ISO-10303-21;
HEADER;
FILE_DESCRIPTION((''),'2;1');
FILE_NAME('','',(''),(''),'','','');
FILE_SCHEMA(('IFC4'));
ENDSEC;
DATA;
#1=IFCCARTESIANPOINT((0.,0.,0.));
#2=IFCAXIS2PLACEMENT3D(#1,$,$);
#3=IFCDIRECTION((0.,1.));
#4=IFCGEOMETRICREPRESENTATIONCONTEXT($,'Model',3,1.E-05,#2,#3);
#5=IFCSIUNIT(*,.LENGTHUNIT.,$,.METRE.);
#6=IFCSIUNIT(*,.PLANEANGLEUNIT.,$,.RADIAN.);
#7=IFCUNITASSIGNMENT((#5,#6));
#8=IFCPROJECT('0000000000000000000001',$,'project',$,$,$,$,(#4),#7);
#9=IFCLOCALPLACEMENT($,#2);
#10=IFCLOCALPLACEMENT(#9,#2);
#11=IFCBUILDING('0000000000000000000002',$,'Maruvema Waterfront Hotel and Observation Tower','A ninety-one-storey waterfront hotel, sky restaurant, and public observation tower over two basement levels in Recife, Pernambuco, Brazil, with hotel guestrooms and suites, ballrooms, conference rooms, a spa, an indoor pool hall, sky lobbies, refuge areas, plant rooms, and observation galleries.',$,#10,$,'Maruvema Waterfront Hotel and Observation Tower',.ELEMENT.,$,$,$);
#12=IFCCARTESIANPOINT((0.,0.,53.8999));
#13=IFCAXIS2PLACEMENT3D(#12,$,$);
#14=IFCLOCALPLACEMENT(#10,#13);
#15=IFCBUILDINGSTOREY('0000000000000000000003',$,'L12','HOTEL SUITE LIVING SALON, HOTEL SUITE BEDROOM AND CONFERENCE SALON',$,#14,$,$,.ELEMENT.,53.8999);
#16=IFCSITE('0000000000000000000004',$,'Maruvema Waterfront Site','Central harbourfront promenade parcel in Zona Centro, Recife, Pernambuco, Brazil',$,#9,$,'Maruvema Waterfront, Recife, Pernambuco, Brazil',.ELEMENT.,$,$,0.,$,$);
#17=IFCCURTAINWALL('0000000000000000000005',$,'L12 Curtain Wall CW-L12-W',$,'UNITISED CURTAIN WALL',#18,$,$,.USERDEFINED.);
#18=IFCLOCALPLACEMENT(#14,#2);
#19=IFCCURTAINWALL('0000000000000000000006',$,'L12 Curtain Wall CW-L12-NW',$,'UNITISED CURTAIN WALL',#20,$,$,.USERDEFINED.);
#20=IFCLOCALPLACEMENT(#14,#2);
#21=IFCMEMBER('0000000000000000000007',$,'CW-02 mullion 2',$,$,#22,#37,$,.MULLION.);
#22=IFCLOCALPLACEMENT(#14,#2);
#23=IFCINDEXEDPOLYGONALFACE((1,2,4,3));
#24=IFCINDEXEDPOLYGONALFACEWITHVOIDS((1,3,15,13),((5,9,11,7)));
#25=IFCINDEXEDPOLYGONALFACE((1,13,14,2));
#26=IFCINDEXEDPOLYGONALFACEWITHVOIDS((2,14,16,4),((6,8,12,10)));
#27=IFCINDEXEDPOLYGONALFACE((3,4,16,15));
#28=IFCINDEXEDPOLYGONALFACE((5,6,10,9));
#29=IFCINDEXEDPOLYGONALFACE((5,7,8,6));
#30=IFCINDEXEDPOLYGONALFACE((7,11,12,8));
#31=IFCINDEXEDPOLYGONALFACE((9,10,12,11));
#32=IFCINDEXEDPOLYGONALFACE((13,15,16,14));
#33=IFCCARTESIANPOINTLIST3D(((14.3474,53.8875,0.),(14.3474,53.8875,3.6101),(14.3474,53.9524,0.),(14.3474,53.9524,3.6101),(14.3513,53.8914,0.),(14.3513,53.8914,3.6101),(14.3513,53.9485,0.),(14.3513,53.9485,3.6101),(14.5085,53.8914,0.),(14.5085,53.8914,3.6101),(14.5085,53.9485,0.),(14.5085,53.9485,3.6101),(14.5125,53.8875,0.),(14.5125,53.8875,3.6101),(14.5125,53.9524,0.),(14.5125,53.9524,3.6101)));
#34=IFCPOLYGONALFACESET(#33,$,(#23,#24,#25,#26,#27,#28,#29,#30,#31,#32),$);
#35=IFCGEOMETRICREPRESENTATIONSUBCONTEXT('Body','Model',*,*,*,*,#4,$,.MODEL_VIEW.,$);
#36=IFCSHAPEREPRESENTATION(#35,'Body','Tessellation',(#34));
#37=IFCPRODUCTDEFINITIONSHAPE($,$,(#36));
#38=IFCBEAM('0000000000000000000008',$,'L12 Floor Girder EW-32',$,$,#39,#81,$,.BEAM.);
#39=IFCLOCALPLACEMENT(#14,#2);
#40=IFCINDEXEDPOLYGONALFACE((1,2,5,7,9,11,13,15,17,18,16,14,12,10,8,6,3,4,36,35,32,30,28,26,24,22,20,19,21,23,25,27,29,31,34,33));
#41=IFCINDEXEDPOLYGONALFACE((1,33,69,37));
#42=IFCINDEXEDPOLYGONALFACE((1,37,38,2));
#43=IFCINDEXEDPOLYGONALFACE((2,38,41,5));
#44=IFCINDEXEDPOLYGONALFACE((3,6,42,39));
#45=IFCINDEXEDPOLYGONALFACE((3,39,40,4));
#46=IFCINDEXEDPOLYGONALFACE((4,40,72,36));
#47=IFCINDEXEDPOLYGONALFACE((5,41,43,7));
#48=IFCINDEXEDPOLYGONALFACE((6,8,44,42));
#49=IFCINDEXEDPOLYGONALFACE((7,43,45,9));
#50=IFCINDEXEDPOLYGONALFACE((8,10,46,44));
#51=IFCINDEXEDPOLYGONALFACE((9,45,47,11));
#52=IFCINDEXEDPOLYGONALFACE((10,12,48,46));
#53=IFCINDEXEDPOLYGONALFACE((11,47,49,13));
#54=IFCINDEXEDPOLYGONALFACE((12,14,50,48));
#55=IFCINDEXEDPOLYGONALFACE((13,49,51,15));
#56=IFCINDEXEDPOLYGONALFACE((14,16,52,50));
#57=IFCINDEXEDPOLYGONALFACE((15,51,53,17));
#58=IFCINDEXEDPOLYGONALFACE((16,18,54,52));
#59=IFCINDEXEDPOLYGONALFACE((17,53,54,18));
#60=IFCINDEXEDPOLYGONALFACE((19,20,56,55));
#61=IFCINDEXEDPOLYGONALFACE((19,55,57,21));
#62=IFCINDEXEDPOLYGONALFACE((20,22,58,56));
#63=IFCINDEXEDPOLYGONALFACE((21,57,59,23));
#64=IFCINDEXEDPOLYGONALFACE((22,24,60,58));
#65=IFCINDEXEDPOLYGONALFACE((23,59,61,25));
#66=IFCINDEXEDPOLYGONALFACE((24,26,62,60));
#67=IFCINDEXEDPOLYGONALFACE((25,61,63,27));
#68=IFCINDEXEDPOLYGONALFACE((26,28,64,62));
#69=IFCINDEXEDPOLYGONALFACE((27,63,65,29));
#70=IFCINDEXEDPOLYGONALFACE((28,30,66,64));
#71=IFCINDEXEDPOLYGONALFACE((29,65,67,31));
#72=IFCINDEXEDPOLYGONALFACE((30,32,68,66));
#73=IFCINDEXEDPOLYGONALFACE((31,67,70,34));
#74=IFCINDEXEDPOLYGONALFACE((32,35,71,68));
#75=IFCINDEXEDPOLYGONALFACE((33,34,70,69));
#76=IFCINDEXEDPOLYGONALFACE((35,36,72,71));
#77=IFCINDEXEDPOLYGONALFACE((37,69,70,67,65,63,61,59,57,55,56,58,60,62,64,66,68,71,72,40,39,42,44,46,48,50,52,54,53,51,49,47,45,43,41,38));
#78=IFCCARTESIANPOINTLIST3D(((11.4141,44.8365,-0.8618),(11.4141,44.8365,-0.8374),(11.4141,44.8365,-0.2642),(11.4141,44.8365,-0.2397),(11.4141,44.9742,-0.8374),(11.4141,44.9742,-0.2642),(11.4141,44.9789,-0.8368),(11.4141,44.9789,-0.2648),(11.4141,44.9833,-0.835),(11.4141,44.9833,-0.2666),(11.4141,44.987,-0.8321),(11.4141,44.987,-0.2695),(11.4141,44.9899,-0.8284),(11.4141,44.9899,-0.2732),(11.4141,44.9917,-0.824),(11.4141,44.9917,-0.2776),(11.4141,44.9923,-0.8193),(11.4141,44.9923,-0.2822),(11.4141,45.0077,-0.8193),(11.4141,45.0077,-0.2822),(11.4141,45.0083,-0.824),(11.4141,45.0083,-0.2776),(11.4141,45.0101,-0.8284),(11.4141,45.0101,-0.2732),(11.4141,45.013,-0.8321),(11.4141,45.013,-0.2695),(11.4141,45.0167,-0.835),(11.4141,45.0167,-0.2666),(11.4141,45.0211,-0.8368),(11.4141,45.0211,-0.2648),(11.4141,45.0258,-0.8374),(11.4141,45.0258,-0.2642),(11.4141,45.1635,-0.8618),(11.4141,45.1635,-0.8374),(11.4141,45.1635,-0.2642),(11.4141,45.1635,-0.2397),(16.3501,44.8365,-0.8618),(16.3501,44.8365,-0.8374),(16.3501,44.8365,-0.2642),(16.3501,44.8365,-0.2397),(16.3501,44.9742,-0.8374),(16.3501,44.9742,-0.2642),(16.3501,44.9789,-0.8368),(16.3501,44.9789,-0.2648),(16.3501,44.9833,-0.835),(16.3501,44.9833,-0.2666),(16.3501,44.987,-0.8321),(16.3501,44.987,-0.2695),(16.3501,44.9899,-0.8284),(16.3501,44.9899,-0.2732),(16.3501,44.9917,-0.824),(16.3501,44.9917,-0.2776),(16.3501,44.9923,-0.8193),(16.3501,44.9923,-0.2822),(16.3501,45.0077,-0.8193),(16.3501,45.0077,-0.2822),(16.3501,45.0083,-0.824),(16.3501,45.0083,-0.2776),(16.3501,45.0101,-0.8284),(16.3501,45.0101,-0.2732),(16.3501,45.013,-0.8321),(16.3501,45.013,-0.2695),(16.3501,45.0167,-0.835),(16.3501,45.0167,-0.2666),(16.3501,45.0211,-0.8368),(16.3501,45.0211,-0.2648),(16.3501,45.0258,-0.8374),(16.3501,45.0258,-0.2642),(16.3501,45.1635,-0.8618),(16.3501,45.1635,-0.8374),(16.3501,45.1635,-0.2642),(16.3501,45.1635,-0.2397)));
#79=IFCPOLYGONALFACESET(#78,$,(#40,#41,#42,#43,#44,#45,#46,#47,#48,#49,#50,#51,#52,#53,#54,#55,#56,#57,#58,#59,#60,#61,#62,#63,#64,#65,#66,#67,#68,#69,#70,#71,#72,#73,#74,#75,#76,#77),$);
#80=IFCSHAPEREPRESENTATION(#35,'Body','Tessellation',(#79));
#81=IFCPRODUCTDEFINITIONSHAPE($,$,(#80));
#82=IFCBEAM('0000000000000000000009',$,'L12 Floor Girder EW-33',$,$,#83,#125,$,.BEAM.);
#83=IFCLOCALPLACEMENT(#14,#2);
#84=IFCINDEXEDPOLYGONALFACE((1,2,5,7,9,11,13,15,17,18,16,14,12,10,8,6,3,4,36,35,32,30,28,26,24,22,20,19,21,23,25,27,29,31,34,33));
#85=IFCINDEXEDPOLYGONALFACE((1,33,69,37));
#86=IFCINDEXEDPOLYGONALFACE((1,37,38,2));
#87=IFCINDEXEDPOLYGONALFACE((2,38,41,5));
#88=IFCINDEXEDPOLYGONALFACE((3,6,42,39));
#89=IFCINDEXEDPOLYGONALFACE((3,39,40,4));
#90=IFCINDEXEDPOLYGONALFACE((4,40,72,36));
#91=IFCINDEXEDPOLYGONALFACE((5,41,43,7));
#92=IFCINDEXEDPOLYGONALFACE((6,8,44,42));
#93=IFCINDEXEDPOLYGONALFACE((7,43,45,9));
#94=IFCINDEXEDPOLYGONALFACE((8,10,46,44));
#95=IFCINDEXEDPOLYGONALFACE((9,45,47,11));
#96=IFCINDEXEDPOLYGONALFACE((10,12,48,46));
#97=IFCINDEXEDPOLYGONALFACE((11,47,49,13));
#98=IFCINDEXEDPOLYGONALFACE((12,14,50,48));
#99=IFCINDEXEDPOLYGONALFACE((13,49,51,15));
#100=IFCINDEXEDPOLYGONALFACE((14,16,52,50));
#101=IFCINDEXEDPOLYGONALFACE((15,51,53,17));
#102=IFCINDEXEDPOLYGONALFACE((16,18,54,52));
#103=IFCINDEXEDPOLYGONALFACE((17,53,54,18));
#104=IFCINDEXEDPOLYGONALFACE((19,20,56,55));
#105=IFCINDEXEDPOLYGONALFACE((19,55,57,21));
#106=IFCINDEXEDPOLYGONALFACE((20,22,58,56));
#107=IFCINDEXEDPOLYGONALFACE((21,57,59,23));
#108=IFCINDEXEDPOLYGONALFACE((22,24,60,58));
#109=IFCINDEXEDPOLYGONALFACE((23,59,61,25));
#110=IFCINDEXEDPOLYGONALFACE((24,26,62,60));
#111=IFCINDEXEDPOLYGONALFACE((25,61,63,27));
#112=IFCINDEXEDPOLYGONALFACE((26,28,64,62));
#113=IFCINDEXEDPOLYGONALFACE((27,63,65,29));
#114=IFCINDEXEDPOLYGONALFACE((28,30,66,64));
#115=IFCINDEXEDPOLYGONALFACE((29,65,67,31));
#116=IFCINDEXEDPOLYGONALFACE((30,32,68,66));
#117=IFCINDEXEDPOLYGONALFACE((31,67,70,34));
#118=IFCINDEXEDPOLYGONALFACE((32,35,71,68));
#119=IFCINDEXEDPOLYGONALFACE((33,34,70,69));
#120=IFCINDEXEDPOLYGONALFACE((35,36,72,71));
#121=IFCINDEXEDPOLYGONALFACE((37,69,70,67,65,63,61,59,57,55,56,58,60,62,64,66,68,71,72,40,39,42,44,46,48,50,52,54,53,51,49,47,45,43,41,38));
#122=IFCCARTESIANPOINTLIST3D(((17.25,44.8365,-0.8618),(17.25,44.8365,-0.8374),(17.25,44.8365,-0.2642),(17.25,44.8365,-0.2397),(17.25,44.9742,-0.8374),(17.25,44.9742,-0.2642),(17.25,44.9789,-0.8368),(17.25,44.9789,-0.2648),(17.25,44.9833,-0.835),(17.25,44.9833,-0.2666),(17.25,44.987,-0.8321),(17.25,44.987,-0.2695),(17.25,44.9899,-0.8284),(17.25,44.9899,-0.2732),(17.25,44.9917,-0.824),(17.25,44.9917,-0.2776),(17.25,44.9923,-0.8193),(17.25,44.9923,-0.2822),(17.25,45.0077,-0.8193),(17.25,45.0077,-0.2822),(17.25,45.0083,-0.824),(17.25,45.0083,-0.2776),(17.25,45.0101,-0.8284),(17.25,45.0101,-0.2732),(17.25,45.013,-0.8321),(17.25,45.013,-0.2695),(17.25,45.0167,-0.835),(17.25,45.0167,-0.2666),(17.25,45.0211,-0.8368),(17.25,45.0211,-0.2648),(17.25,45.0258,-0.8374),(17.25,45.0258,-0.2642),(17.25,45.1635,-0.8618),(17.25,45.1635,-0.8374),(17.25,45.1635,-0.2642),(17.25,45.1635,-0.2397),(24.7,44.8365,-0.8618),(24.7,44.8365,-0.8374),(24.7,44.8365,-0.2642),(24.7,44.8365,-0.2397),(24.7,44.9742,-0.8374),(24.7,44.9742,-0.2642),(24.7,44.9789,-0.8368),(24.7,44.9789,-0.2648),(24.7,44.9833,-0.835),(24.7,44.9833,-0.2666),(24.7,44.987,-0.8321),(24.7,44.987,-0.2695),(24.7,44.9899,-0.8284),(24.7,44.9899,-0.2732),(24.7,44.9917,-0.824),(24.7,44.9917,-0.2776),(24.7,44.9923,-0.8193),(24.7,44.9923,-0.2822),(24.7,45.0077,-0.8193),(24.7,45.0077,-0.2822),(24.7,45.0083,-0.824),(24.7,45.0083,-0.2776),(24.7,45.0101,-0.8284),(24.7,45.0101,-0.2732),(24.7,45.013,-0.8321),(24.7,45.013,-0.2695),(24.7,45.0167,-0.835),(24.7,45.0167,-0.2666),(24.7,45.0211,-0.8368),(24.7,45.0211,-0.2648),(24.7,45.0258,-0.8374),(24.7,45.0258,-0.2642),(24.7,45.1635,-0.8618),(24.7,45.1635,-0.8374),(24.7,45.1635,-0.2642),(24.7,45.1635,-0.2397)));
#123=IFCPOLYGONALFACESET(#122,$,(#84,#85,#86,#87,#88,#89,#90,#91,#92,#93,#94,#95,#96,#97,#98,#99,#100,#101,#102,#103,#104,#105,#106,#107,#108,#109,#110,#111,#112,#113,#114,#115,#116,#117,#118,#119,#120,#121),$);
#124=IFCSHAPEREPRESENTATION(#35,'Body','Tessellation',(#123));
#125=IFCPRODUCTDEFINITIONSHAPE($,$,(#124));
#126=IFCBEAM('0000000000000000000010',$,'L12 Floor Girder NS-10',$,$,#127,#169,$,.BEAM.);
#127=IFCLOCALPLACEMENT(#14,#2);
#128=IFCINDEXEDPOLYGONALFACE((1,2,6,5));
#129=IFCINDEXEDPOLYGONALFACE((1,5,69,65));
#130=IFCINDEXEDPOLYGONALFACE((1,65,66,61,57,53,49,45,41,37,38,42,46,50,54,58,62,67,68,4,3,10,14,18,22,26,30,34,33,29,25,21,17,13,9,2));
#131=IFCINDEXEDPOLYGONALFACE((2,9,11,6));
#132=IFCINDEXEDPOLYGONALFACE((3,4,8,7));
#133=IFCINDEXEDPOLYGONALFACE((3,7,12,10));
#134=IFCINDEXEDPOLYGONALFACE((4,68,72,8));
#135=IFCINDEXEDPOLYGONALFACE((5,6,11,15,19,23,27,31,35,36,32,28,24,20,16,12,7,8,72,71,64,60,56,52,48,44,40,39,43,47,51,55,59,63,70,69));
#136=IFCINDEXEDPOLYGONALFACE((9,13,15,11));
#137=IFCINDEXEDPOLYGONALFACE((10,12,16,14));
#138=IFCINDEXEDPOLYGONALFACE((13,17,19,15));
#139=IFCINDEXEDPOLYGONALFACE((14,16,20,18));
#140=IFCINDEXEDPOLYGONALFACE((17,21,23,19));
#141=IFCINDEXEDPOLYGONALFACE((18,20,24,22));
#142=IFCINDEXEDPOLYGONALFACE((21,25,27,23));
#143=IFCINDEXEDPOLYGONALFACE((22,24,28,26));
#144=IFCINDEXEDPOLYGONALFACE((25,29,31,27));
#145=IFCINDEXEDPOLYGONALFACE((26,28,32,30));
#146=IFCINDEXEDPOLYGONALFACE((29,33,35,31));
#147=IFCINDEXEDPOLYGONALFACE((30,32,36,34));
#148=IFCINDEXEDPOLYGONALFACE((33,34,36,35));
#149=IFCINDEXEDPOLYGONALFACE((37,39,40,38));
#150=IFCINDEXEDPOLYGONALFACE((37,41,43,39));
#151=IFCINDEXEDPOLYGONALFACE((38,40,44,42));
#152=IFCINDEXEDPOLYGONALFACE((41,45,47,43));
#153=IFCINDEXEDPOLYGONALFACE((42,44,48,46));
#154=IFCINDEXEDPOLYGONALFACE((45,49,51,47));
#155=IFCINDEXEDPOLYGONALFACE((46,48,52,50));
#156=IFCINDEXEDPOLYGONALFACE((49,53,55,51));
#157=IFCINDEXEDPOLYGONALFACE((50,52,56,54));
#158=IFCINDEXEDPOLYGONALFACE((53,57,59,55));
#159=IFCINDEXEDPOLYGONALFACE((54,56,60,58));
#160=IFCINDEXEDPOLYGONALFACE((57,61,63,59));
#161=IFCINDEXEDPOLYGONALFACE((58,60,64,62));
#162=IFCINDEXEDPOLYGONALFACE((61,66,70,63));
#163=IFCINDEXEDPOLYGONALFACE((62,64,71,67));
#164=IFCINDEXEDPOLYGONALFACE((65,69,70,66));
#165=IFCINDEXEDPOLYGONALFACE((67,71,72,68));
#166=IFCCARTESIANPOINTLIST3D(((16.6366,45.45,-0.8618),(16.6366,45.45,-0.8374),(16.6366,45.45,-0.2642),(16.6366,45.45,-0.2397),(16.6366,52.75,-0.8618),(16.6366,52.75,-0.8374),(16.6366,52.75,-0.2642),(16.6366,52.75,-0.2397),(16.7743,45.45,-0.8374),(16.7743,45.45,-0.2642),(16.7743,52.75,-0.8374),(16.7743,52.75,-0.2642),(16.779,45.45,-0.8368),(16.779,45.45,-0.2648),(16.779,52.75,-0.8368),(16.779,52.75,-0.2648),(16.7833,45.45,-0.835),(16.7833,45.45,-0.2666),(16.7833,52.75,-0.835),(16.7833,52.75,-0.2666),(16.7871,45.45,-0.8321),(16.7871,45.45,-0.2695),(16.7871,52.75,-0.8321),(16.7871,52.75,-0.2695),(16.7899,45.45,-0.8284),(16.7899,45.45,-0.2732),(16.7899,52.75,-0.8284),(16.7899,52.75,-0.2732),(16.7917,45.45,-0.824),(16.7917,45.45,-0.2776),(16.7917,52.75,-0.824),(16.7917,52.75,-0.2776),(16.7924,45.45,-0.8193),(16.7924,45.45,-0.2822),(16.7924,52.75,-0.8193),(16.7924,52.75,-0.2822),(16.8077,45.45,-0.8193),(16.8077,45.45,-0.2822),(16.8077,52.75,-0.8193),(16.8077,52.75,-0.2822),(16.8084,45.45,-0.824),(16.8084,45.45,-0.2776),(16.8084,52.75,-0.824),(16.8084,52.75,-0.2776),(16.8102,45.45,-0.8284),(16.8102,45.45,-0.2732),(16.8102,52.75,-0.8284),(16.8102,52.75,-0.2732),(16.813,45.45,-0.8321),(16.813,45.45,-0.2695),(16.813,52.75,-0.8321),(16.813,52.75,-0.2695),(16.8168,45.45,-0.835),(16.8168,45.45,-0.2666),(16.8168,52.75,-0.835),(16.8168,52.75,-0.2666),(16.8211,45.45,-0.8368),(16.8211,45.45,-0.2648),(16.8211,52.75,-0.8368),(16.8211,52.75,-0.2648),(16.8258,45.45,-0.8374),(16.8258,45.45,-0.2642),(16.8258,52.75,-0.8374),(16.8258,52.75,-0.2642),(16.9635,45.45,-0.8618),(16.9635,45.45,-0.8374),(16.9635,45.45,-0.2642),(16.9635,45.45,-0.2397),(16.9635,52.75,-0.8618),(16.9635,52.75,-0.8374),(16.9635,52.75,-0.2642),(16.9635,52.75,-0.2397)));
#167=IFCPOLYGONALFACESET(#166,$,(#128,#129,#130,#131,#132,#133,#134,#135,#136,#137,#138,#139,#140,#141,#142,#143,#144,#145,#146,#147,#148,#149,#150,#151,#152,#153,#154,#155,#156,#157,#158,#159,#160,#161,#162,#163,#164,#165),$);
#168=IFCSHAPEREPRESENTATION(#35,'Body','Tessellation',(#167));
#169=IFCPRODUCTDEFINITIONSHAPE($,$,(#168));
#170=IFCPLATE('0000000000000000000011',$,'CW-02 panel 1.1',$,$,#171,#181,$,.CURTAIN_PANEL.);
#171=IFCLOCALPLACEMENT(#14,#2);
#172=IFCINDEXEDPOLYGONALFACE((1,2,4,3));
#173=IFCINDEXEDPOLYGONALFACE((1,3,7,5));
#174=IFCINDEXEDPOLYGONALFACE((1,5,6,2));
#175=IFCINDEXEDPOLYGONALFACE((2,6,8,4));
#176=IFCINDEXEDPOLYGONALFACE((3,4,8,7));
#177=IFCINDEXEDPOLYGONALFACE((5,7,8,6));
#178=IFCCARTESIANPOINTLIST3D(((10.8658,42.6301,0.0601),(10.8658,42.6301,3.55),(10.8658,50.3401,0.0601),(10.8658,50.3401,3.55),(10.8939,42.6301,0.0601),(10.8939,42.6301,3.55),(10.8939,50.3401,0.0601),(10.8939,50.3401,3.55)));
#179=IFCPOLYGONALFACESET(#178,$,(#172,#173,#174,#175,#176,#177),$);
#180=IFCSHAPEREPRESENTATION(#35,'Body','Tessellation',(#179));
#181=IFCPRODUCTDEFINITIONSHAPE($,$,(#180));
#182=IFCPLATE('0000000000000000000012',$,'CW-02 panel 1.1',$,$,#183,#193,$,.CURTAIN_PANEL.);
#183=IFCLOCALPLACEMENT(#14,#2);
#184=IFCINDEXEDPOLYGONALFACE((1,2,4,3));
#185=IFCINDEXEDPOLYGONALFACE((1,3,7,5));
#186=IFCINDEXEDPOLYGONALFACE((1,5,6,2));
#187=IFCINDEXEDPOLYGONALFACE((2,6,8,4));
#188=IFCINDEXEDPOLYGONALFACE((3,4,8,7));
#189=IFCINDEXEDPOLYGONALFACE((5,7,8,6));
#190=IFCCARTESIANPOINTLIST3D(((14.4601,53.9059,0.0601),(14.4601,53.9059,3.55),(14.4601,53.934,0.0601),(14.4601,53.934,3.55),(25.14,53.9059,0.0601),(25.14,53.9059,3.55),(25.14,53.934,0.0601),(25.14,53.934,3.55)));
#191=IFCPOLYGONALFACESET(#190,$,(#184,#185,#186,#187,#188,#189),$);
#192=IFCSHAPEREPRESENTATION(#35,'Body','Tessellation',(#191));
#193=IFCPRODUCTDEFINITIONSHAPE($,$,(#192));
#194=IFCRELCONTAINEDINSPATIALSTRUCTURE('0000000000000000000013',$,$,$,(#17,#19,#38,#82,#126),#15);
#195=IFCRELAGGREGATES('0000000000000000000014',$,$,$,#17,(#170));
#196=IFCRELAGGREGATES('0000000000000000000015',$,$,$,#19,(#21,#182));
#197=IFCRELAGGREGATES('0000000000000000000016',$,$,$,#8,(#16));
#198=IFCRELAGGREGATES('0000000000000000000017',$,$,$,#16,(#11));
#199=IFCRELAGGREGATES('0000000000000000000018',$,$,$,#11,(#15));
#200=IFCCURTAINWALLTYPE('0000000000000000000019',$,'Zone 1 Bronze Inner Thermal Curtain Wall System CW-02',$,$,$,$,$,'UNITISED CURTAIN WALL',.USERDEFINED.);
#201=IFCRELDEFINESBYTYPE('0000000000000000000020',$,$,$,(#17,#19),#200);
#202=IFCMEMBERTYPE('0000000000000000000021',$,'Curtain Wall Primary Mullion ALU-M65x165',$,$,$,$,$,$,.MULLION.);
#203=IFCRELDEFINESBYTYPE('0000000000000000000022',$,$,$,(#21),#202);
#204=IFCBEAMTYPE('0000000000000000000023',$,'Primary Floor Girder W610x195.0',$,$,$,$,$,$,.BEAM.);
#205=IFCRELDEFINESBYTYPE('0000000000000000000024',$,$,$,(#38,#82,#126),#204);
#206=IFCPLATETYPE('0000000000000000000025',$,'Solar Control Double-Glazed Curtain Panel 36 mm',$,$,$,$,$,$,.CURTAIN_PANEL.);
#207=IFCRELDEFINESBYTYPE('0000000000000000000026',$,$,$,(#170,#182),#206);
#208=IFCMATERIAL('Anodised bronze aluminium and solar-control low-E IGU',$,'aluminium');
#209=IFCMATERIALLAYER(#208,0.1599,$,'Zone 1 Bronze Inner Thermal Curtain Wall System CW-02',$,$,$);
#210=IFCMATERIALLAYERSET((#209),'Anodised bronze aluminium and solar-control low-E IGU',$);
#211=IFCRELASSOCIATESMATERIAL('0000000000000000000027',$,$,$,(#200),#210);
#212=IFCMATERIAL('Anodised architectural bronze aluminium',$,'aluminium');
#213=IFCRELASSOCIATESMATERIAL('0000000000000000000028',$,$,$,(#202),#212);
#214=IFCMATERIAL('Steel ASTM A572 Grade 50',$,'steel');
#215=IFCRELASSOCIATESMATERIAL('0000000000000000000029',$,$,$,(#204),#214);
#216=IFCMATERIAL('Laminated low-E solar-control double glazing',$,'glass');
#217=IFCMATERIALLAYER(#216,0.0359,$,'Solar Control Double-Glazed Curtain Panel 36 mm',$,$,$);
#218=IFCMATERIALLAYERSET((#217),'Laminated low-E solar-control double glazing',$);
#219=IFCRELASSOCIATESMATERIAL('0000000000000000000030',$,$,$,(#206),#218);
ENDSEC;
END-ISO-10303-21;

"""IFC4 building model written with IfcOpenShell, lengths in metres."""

from ifc_helpers import new_model, si_unit, direction, frame, origin, origin_2d, place, context, subcontext, project, spatial, rectangle, hollow_rectangle, i_section, extrude, material, layer, layer_set, material_profile, profile_set, type_object, element, aggregate, save


model = new_model("IFC4")

# Units and contexts
model_context = context("Model", 3, precision=1e-05, world=origin(), true_north=direction((0.0, 1.0)))
body_context = subcontext(model_context, "Body", "Model", "MODEL_VIEW")
ifc_project = project(units=[si_unit("LENGTHUNIT", "METRE"), si_unit("PLANEANGLEUNIT", "RADIAN")], contexts=[model_context])

# Site, building, storey
site_placement = place(None, origin())
site = spatial("IfcSite", under=ifc_project, at=site_placement, Name="Maruvema Waterfront Site", Description="Central harbourfront promenade parcel in Zona Centro, Recife, Pernambuco, Brazil", LongName="Maruvema Waterfront, Recife, Pernambuco, Brazil", CompositionType="ELEMENT", RefElevation=0.0)
building_placement = place(site_placement, origin())
building = spatial("IfcBuilding", under=site, at=building_placement, Name="Maruvema Waterfront Hotel and Observation Tower", Description="A ninety-one-storey waterfront hotel, sky restaurant, and public observation tower over two basement levels in Recife, Pernambuco, Brazil, with hotel guestrooms and suites, ballrooms, conference rooms, a spa, an indoor pool hall, sky lobbies, refuge areas, plant rooms, and observation galleries.", LongName="Maruvema Waterfront Hotel and Observation Tower", CompositionType="ELEMENT")
storey_placement = place(building_placement, frame((0.0, 0.0, 53.8999)))
storey = spatial("IfcBuildingStorey", under=building, at=storey_placement, Name="L12", Description="HOTEL SUITE LIVING SALON, HOTEL SUITE BEDROOM AND CONFERENCE SALON", CompositionType="ELEMENT", Elevation=53.8999)

# Curtain walls
ifc_material_1 = material(Name="Anodised bronze aluminium and solar-control low-E IGU", Category="aluminium")
ifc_layer_1 = layer(ifc_material_1, 0.1599, Name="Zone 1 Bronze Inner Thermal Curtain Wall System CW-02")
ifc_layer_set_1 = layer_set([ifc_layer_1], Name="Anodised bronze aluminium and solar-control low-E IGU")
curtain_wall_type = type_object("IfcCurtainWallType", Name="Zone 1 Bronze Inner Thermal Curtain Wall System CW-02", ElementType="UNITISED CURTAIN WALL", PredefinedType="USERDEFINED", material=ifc_layer_set_1)
curtain_wall_1_placement = place(storey_placement, origin())
curtain_wall_1 = element("IfcCurtainWall", 1, at=curtain_wall_1_placement, inside=storey, type_object=curtain_wall_type, Name="L12 Curtain Wall CW-L12-W", ObjectType="UNITISED CURTAIN WALL", PredefinedType="USERDEFINED")
curtain_wall_2_placement = place(storey_placement, origin())
curtain_wall_2 = element("IfcCurtainWall", 2, at=curtain_wall_2_placement, inside=storey, type_object=curtain_wall_type, Name="L12 Curtain Wall CW-L12-NW", ObjectType="UNITISED CURTAIN WALL", PredefinedType="USERDEFINED")

# Member
ifc_material_2 = material(Name="Anodised architectural bronze aluminium", Category="aluminium")
ifc_material_profile_1 = material_profile(ifc_material_2, hollow_rectangle(XDim=0.0649, YDim=0.165, WallThickness=0.0039, at=origin_2d()), Name="ALU-M65x165")
ifc_profile_set_1 = profile_set([ifc_material_profile_1], Name="Anodised architectural bronze aluminium")
member_type_1 = type_object("IfcMemberType", Name="Curtain Wall Primary Mullion ALU-M65x165", PredefinedType="MULLION", material=ifc_profile_set_1)
member_1_placement = place(storey_placement, frame((14.4299, 53.9199, 0.0), z_axis=(0.0, 0.0, 1.0), x_axis=(0.0, -1.0, 0.0)))
member_1 = element("IfcMember", 3, at=member_1_placement, type_object=member_type_1, Name="CW-02 mullion 2", PredefinedType="MULLION", context=body_context, shape_type="SweptSolid", body=[
    extrude(hollow_rectangle(XDim=0.0649, YDim=0.165, WallThickness=0.0039, at=origin_2d()), origin(), (0.0, 0.0, 1.0), 3.6101),
])

# Beams
ifc_material_3 = material(Name="Steel ASTM A572 Grade 50", Category="steel")
ifc_material_profile_2 = material_profile(ifc_material_3, i_section(OverallWidth=0.3269, OverallDepth=0.6221, WebThickness=0.0154, FlangeThickness=0.0244, FilletRadius=0.0181, at=origin_2d()), Name="W610x195.0")
ifc_profile_set_2 = profile_set([ifc_material_profile_2], Name="Steel ASTM A572 Grade 50")
beam_type = type_object("IfcBeamType", Name="Primary Floor Girder W610x195.0", PredefinedType="BEAM", material=ifc_profile_set_2)
beam_1_placement = place(storey_placement, frame((11.4141, 45.0, -0.5508), z_axis=(1.0, 0.0, 0.0), x_axis=(0.0, 1.0, 0.0)))
element("IfcBeam", 4, at=beam_1_placement, inside=storey, type_object=beam_type, Name="L12 Floor Girder EW-32", PredefinedType="BEAM", context=body_context, shape_type="SweptSolid", body=[
    extrude(i_section(OverallWidth=0.3269, OverallDepth=0.6221, WebThickness=0.0154, FlangeThickness=0.0244, FilletRadius=0.0181, at=origin_2d()), origin(), (0.0, 0.0, 1.0), 4.936),
])
beam_2_placement = place(storey_placement, frame((17.25, 45.0, -0.5508), z_axis=(1.0, 0.0, 0.0), x_axis=(0.0, 1.0, 0.0)))
element("IfcBeam", 5, at=beam_2_placement, inside=storey, type_object=beam_type, Name="L12 Floor Girder EW-33", PredefinedType="BEAM", context=body_context, shape_type="SweptSolid", body=[
    extrude(i_section(OverallWidth=0.3269, OverallDepth=0.6221, WebThickness=0.0154, FlangeThickness=0.0244, FilletRadius=0.0181, at=origin_2d()), origin(), (0.0, 0.0, 1.0), 7.45),
])
beam_3_placement = place(storey_placement, frame((16.8, 45.45, -0.5508), z_axis=(0.0, 1.0, 0.0), x_axis=(-1.0, 0.0, 0.0)))
element("IfcBeam", 6, at=beam_3_placement, inside=storey, type_object=beam_type, Name="L12 Floor Girder NS-10", PredefinedType="BEAM", context=body_context, shape_type="SweptSolid", body=[
    extrude(i_section(OverallWidth=0.3269, OverallDepth=0.6221, WebThickness=0.0154, FlangeThickness=0.0244, FilletRadius=0.0181, at=origin_2d()), origin(), (0.0, 0.0, 1.0), 7.3),
])

# Plates
ifc_material_4 = material(Name="Laminated low-E solar-control double glazing", Category="glass")
ifc_layer_2 = layer(ifc_material_4, 0.0359, Name="Solar Control Double-Glazed Curtain Panel 36 mm")
ifc_layer_set_2 = layer_set([ifc_layer_2], Name="Laminated low-E solar-control double glazing")
plate_type_1 = type_object("IfcPlateType", Name="Solar Control Double-Glazed Curtain Panel 36 mm", PredefinedType="CURTAIN_PANEL", material=ifc_layer_set_2)
plate_1_placement = place(storey_placement, frame((10.8799, 46.4851, 0.0601), z_axis=(0.0, 0.0, 1.0), x_axis=(0.0, -1.0, 0.0)))
plate_1 = element("IfcPlate", 7, at=plate_1_placement, type_object=plate_type_1, Name="CW-02 panel 1.1", PredefinedType="CURTAIN_PANEL", context=body_context, shape_type="SweptSolid", body=[
    extrude(rectangle(XDim=7.71, YDim=0.0281, at=origin_2d()), origin(), (0.0, 0.0, 1.0), 3.49),
])
aggregate(curtain_wall_1, [plate_1])
plate_2_placement = place(storey_placement, frame((19.8, 53.9199, 0.0601), z_axis=(0.0, 0.0, 1.0), x_axis=(-1.0, 0.0, 0.0)))
plate_2 = element("IfcPlate", 8, at=plate_2_placement, type_object=plate_type_1, Name="CW-02 panel 1.1", PredefinedType="CURTAIN_PANEL", context=body_context, shape_type="SweptSolid", body=[
    extrude(rectangle(XDim=10.6799, YDim=0.0281, at=origin_2d()), origin(), (0.0, 0.0, 1.0), 3.49),
])
aggregate(curtain_wall_2, [member_1, plate_2])

save(model, "model.ifc")
